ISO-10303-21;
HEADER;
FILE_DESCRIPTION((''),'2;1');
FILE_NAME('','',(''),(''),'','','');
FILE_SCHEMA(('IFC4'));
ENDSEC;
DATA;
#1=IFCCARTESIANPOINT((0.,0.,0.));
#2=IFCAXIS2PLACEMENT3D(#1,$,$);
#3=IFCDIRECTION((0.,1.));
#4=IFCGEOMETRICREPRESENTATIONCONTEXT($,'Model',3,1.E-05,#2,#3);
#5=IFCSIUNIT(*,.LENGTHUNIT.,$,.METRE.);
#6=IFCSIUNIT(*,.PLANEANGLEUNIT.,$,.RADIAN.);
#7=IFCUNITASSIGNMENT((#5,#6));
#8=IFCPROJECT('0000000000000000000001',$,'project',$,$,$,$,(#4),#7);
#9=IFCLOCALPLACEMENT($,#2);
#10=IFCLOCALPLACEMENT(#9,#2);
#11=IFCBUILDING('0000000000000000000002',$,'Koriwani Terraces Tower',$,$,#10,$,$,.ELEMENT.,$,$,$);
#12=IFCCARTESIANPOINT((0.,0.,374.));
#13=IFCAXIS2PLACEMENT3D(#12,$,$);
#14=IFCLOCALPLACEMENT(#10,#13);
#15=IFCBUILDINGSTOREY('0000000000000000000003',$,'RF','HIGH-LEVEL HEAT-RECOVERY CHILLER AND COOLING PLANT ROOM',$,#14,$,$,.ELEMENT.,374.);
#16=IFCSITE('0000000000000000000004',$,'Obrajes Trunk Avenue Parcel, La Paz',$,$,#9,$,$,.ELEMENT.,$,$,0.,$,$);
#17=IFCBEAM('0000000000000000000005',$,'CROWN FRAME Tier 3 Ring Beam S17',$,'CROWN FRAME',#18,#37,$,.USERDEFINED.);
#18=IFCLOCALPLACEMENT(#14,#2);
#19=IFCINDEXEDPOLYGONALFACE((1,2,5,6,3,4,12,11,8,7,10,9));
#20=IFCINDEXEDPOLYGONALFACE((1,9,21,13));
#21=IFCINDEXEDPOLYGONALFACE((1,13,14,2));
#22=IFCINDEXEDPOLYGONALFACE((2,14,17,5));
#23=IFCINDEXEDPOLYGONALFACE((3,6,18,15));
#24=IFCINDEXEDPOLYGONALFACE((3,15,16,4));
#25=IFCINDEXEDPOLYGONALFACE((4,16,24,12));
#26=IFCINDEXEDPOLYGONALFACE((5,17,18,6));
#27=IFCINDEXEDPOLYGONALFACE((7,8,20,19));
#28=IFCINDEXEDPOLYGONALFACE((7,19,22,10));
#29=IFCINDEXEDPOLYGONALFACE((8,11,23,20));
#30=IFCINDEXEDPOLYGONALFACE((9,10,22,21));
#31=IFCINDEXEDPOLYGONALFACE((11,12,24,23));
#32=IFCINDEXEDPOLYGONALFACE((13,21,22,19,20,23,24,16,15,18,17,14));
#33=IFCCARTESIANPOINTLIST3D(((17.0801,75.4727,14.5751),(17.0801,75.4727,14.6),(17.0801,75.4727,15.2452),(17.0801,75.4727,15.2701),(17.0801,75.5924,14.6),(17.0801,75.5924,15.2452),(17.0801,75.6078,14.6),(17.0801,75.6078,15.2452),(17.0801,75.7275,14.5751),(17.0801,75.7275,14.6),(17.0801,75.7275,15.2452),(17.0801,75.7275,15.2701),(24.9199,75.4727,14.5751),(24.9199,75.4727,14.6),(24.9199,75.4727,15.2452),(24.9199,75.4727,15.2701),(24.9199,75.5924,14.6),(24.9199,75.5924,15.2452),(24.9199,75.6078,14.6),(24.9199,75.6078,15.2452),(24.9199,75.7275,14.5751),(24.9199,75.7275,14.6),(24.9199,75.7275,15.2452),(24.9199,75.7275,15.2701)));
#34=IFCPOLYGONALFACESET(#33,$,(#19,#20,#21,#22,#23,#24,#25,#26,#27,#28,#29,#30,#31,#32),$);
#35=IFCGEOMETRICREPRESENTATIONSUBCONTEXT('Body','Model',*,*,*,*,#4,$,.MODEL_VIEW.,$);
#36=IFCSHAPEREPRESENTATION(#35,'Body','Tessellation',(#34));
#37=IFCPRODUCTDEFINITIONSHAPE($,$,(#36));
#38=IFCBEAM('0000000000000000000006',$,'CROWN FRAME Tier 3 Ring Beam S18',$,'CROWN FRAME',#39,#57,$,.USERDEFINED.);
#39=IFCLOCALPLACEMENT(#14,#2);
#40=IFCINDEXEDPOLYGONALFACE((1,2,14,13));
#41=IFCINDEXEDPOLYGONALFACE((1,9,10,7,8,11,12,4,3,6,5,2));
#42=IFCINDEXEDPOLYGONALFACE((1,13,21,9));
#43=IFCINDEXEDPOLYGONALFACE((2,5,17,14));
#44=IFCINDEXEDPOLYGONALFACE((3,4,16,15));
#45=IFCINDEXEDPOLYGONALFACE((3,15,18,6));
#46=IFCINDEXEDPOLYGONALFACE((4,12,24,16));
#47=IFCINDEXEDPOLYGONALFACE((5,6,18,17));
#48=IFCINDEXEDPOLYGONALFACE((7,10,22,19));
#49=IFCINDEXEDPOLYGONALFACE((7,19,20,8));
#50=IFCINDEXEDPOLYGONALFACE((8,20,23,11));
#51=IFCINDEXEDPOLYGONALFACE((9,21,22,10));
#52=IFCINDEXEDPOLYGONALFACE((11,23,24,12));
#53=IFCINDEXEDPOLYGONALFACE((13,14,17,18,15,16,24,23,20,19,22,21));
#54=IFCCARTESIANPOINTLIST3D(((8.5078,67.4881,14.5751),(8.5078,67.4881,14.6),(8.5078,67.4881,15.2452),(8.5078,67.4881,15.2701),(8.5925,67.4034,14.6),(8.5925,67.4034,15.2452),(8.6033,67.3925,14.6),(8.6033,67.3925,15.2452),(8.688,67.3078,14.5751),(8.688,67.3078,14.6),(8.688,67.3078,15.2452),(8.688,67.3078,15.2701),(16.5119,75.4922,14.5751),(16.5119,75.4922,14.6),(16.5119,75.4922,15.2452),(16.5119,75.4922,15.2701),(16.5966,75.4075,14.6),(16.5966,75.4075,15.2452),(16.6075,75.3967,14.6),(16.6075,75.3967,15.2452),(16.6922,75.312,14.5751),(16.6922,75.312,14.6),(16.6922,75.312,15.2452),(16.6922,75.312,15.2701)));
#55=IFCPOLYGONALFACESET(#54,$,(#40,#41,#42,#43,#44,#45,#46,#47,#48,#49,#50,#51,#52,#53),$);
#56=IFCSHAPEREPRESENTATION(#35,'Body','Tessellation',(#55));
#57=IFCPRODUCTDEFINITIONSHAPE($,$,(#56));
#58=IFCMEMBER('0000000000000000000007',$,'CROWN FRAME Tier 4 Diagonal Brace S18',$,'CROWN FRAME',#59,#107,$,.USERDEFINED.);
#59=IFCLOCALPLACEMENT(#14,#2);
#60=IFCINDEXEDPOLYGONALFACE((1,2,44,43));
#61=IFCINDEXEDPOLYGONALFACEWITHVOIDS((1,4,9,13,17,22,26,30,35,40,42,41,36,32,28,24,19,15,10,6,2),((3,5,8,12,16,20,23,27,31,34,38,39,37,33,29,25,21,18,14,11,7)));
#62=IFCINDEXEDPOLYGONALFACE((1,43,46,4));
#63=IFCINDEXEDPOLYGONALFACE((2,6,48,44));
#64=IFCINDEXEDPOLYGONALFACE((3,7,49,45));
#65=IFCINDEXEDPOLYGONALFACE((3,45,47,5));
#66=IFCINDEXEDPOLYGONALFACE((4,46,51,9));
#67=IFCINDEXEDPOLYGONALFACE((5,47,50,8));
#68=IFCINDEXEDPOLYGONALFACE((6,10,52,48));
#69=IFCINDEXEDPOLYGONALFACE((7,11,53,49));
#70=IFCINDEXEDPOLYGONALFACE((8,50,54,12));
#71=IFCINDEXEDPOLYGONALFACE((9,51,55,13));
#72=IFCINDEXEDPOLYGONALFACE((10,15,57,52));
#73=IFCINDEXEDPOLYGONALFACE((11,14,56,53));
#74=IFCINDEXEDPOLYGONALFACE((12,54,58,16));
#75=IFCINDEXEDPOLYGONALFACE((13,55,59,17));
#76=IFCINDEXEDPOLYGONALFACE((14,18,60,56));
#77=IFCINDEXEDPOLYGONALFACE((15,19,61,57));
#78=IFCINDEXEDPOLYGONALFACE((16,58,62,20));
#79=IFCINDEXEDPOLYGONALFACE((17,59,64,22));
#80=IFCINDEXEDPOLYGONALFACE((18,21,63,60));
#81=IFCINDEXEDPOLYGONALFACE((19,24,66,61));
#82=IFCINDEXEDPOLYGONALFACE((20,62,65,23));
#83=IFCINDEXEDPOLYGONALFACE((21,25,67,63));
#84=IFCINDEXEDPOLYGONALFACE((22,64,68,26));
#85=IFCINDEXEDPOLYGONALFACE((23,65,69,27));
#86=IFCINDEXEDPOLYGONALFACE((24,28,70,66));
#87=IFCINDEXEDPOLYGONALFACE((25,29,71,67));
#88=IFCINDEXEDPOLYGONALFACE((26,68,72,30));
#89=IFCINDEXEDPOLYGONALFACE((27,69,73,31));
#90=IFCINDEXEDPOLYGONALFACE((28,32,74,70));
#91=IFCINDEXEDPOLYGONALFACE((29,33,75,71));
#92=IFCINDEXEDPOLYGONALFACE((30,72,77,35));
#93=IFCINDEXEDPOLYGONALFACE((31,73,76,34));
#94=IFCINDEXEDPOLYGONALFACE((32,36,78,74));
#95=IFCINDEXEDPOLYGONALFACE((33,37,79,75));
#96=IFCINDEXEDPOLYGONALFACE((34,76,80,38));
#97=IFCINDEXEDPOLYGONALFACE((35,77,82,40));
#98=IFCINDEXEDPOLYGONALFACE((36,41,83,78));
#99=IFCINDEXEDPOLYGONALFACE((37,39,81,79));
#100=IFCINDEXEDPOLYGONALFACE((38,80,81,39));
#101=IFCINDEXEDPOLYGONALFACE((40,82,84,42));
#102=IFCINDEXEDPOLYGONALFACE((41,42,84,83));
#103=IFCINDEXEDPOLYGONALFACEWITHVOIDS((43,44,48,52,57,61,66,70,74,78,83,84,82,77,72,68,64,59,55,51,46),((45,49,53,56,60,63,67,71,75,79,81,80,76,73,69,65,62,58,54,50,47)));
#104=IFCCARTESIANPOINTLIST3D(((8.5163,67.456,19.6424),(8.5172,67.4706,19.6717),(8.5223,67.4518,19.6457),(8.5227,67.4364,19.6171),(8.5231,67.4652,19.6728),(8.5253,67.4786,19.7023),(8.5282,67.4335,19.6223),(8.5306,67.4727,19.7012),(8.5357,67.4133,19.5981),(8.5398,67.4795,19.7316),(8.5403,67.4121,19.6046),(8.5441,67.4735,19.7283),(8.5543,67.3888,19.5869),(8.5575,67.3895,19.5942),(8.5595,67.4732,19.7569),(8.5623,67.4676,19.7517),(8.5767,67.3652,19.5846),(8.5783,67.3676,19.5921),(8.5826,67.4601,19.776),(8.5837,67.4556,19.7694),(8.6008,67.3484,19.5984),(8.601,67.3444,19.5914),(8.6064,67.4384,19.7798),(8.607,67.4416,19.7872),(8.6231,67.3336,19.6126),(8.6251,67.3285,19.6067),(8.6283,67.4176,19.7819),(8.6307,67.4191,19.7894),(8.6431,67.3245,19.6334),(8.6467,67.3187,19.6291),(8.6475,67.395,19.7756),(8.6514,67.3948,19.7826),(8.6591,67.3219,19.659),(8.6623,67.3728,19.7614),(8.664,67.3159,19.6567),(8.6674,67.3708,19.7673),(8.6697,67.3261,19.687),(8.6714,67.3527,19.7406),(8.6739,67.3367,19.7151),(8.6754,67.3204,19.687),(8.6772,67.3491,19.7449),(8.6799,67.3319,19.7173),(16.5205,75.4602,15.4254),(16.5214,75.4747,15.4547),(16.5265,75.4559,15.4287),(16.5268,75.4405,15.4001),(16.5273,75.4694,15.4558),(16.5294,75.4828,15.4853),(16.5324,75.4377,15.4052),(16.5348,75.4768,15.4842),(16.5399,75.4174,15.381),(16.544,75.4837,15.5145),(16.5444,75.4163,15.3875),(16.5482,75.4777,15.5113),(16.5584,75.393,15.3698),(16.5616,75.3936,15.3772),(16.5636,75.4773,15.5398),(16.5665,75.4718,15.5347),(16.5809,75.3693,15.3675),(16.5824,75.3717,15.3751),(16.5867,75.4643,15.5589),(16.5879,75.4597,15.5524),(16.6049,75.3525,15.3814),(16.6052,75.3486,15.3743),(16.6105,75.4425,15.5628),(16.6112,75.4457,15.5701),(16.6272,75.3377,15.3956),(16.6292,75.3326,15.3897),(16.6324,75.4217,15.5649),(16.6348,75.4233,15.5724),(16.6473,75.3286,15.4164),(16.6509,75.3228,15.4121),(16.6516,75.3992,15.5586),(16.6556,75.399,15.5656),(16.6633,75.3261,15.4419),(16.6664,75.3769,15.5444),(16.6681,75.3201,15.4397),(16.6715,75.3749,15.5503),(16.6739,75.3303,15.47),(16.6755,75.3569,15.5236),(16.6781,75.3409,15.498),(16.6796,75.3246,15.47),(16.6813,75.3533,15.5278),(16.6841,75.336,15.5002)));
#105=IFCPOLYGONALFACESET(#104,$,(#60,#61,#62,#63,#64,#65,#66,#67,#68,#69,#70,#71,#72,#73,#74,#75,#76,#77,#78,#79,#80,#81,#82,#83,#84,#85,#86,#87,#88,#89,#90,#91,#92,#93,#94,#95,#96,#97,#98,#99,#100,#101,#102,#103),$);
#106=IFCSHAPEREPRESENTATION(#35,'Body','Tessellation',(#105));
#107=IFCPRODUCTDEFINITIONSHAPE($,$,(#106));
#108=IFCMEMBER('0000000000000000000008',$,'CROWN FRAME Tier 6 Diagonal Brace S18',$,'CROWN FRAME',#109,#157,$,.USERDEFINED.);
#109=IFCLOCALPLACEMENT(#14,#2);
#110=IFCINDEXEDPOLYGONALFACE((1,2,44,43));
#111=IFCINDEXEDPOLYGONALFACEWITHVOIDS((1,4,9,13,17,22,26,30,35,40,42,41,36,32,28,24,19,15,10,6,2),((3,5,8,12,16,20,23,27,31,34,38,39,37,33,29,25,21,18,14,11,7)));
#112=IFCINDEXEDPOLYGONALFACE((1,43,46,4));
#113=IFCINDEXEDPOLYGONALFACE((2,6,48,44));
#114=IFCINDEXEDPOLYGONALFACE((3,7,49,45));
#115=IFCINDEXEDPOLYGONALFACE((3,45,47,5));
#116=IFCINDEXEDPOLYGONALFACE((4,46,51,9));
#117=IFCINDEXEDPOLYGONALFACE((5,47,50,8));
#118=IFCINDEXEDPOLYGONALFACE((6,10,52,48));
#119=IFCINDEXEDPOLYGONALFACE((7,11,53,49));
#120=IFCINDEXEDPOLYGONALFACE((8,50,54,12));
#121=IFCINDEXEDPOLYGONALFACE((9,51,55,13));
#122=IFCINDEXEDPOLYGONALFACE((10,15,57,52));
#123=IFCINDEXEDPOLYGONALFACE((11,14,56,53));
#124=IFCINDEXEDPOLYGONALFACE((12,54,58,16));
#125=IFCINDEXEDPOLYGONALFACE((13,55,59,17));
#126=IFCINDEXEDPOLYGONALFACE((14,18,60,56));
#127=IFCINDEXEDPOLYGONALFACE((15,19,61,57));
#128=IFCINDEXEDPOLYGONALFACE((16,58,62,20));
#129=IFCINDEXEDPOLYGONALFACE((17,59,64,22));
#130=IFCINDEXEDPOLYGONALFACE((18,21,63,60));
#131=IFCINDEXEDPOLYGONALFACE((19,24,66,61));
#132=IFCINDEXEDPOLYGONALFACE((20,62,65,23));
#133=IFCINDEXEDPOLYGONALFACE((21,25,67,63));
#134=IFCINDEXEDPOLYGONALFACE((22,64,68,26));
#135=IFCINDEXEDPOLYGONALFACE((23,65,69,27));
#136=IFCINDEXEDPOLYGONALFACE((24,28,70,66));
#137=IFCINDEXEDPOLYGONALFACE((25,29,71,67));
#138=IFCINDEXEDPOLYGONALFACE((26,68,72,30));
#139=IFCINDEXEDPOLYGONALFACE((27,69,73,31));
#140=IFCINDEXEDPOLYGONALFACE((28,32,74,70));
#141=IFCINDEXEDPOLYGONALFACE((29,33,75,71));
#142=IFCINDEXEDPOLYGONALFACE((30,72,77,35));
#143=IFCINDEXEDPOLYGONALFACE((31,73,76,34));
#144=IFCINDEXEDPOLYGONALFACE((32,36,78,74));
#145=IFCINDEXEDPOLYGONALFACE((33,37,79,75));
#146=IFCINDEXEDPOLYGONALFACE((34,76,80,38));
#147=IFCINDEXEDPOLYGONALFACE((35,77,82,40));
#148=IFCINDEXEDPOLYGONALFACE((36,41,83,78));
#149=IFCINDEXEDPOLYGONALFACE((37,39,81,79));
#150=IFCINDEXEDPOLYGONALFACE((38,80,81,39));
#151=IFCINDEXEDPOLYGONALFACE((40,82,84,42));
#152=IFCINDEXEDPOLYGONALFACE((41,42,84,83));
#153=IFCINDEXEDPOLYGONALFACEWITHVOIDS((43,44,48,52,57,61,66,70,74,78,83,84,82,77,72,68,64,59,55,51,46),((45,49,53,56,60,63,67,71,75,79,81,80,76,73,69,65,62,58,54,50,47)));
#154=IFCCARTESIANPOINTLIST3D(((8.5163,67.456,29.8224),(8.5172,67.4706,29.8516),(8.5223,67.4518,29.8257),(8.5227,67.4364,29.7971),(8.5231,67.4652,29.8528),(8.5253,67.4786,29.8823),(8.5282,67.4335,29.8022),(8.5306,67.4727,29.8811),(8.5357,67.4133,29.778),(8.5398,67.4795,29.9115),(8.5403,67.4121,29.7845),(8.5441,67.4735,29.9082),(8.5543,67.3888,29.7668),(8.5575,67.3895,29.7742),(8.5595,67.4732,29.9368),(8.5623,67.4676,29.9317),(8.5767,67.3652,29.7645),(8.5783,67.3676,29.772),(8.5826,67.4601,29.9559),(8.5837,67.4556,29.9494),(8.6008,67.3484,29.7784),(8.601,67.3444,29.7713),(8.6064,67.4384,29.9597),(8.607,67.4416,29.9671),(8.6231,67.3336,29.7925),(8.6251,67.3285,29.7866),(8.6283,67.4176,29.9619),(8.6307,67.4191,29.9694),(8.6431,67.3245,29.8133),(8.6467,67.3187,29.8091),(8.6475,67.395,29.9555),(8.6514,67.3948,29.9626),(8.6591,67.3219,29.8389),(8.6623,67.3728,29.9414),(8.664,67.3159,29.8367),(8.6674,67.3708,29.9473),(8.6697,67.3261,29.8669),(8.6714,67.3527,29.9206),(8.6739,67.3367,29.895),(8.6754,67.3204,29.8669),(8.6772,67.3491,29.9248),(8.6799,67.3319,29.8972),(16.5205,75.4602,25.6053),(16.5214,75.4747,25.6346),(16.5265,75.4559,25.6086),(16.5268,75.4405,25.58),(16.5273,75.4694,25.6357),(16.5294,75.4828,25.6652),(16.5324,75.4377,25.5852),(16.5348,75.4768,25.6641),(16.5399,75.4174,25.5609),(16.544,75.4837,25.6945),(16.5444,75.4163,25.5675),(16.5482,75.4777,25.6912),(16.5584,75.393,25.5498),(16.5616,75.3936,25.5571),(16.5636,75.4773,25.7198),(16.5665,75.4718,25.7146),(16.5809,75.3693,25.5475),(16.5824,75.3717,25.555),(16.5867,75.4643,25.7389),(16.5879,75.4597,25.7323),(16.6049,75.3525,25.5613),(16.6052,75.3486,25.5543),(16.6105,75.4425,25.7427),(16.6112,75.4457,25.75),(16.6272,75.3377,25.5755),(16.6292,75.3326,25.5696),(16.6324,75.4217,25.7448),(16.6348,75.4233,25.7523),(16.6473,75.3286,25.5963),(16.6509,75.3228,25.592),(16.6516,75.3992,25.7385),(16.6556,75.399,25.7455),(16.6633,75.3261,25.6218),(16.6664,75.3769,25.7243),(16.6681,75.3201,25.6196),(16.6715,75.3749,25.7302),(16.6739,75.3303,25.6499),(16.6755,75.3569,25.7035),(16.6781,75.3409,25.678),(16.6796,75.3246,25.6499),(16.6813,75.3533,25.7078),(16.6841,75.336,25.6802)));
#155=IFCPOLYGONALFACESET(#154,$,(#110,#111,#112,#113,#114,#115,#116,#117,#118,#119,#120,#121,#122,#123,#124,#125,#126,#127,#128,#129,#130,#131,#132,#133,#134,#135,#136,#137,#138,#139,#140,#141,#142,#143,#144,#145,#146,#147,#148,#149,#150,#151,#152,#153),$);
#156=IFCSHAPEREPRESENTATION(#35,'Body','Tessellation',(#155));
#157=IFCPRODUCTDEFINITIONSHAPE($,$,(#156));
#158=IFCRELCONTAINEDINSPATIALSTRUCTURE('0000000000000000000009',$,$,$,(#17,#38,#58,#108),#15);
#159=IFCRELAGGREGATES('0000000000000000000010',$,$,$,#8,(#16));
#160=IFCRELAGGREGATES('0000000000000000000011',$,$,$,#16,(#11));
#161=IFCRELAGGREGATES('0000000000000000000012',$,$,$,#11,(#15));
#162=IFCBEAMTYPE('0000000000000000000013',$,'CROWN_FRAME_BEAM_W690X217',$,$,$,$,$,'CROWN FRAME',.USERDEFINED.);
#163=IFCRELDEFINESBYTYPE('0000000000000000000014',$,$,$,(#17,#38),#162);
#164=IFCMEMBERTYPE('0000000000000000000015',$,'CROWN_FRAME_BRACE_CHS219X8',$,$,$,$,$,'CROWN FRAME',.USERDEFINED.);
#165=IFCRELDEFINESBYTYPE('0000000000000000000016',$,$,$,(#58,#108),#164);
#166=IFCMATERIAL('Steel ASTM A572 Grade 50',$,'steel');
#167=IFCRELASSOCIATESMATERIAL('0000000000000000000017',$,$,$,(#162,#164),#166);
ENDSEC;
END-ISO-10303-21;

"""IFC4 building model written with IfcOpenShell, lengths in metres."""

from ifc_helpers import new_model, si_unit, direction, frame, origin, origin_2d, place, context, subcontext, project, spatial, hollow_circle, i_section, extrude, material, material_profile, profile_set, type_object, element, save


model = new_model("IFC4")

# Units and contexts
model_context = context("Model", 3, precision=1e-05, world=origin(), true_north=direction((0.0, 1.0)))
body_context = subcontext(model_context, "Body", "Model", "MODEL_VIEW")
ifc_project = project(units=[si_unit("LENGTHUNIT", "METRE"), si_unit("PLANEANGLEUNIT", "RADIAN")], contexts=[model_context])

# Site, building, storey
site_placement = place(None, origin())
site = spatial("IfcSite", under=ifc_project, at=site_placement, Name="Obrajes Trunk Avenue Parcel, La Paz", CompositionType="ELEMENT", RefElevation=0.0)
building_placement = place(site_placement, origin())
building = spatial("IfcBuilding", under=site, at=building_placement, Name="Koriwani Terraces Tower", CompositionType="ELEMENT")
storey_placement = place(building_placement, frame((0.0, 0.0, 374.0)))
storey = spatial("IfcBuildingStorey", under=building, at=storey_placement, Name="RF", Description="HIGH-LEVEL HEAT-RECOVERY CHILLER AND COOLING PLANT ROOM", CompositionType="ELEMENT", Elevation=374.0)

# Shared definitions
ifc_material_1 = material(Name="Steel ASTM A572 Grade 50", Category="steel")

# Beams
ifc_material_profile_1 = material_profile(ifc_material_1, i_section(OverallWidth=0.2549, OverallDepth=0.6951, WebThickness=0.0154, FlangeThickness=0.0249, at=origin_2d()), Name="Steel ASTM A572 Grade 50", Category="LoadBearing")
ifc_profile_set_1 = profile_set([ifc_material_profile_1], Name="Steel ASTM A572 Grade 50")
beam_type_1 = type_object("IfcBeamType", Name="CROWN_FRAME_BEAM_W690X217", ElementType="CROWN FRAME", PredefinedType="USERDEFINED", material=ifc_profile_set_1)
beam_1_placement = place(storey_placement, frame((24.9199, 75.6001, 14.9226), z_axis=(-1.0, 0.0, 0.0), x_axis=(0.0, -1.0, 0.0)))
element("IfcBeam", 1, at=beam_1_placement, inside=storey, type_object=beam_type_1, Name="CROWN FRAME Tier 3 Ring Beam S17", ObjectType="CROWN FRAME", PredefinedType="USERDEFINED", context=body_context, shape_type="SweptSolid", body=[
    extrude(i_section(OverallWidth=0.2549, OverallDepth=0.6951, WebThickness=0.0154, FlangeThickness=0.0249, at=origin_2d()), origin(), (0.0, 0.0, 1.0), 7.8398),
])
beam_2_placement = place(storey_placement, frame((16.6021, 75.4021, 14.9226), z_axis=(-0.707107, -0.707107, 0.0), x_axis=(0.707107, -0.707107, 0.0)))
element("IfcBeam", 2, at=beam_2_placement, inside=storey, type_object=beam_type_1, Name="CROWN FRAME Tier 3 Ring Beam S18", ObjectType="CROWN FRAME", PredefinedType="USERDEFINED", context=body_context, shape_type="SweptSolid", body=[
    extrude(i_section(OverallWidth=0.2549, OverallDepth=0.6951, WebThickness=0.0154, FlangeThickness=0.0249, at=origin_2d()), origin(), (0.0, 0.0, 1.0), 11.3196),
])

# Members
ifc_material_profile_2 = material_profile(ifc_material_1, hollow_circle(Radius=0.1096, WallThickness=0.0081, at=origin_2d()), Name="Steel ASTM A572 Grade 50", Category="LoadBearing")
ifc_profile_set_2 = profile_set([ifc_material_profile_2], Name="Steel ASTM A572 Grade 50")
member_type_1 = type_object("IfcMemberType", Name="CROWN_FRAME_BRACE_CHS219X8", ElementType="CROWN FRAME", PredefinedType="USERDEFINED", material=ifc_profile_set_2)
for number, where, z_axis, x_axis, name in (
    (3, (16.6021, 75.4021, 15.47), (-0.662618, -0.662618, 0.349105), (0.707107, -0.707107, 0.0), "CROWN FRAME Tier 4 Diagonal Brace S18"),
    (4, (16.6021, 75.4021, 25.6499), (-0.662618, -0.662618, 0.349105), (0.707107, -0.707107, 0.0), "CROWN FRAME Tier 6 Diagonal Brace S18"),
):
    element("IfcMember", number, at=place(storey_placement, frame(where, z_axis=z_axis, x_axis=x_axis)), inside=storey, type_object=member_type_1, Name=name, ObjectType="CROWN FRAME", PredefinedType="USERDEFINED", context=body_context, shape_type="SweptSolid", body=[
        extrude(hollow_circle(Radius=0.1096, WallThickness=0.0081, at=origin_2d()), origin(), (0.0, 0.0, 1.0), 12.0796),
    ])

save(model, "model.ifc")
